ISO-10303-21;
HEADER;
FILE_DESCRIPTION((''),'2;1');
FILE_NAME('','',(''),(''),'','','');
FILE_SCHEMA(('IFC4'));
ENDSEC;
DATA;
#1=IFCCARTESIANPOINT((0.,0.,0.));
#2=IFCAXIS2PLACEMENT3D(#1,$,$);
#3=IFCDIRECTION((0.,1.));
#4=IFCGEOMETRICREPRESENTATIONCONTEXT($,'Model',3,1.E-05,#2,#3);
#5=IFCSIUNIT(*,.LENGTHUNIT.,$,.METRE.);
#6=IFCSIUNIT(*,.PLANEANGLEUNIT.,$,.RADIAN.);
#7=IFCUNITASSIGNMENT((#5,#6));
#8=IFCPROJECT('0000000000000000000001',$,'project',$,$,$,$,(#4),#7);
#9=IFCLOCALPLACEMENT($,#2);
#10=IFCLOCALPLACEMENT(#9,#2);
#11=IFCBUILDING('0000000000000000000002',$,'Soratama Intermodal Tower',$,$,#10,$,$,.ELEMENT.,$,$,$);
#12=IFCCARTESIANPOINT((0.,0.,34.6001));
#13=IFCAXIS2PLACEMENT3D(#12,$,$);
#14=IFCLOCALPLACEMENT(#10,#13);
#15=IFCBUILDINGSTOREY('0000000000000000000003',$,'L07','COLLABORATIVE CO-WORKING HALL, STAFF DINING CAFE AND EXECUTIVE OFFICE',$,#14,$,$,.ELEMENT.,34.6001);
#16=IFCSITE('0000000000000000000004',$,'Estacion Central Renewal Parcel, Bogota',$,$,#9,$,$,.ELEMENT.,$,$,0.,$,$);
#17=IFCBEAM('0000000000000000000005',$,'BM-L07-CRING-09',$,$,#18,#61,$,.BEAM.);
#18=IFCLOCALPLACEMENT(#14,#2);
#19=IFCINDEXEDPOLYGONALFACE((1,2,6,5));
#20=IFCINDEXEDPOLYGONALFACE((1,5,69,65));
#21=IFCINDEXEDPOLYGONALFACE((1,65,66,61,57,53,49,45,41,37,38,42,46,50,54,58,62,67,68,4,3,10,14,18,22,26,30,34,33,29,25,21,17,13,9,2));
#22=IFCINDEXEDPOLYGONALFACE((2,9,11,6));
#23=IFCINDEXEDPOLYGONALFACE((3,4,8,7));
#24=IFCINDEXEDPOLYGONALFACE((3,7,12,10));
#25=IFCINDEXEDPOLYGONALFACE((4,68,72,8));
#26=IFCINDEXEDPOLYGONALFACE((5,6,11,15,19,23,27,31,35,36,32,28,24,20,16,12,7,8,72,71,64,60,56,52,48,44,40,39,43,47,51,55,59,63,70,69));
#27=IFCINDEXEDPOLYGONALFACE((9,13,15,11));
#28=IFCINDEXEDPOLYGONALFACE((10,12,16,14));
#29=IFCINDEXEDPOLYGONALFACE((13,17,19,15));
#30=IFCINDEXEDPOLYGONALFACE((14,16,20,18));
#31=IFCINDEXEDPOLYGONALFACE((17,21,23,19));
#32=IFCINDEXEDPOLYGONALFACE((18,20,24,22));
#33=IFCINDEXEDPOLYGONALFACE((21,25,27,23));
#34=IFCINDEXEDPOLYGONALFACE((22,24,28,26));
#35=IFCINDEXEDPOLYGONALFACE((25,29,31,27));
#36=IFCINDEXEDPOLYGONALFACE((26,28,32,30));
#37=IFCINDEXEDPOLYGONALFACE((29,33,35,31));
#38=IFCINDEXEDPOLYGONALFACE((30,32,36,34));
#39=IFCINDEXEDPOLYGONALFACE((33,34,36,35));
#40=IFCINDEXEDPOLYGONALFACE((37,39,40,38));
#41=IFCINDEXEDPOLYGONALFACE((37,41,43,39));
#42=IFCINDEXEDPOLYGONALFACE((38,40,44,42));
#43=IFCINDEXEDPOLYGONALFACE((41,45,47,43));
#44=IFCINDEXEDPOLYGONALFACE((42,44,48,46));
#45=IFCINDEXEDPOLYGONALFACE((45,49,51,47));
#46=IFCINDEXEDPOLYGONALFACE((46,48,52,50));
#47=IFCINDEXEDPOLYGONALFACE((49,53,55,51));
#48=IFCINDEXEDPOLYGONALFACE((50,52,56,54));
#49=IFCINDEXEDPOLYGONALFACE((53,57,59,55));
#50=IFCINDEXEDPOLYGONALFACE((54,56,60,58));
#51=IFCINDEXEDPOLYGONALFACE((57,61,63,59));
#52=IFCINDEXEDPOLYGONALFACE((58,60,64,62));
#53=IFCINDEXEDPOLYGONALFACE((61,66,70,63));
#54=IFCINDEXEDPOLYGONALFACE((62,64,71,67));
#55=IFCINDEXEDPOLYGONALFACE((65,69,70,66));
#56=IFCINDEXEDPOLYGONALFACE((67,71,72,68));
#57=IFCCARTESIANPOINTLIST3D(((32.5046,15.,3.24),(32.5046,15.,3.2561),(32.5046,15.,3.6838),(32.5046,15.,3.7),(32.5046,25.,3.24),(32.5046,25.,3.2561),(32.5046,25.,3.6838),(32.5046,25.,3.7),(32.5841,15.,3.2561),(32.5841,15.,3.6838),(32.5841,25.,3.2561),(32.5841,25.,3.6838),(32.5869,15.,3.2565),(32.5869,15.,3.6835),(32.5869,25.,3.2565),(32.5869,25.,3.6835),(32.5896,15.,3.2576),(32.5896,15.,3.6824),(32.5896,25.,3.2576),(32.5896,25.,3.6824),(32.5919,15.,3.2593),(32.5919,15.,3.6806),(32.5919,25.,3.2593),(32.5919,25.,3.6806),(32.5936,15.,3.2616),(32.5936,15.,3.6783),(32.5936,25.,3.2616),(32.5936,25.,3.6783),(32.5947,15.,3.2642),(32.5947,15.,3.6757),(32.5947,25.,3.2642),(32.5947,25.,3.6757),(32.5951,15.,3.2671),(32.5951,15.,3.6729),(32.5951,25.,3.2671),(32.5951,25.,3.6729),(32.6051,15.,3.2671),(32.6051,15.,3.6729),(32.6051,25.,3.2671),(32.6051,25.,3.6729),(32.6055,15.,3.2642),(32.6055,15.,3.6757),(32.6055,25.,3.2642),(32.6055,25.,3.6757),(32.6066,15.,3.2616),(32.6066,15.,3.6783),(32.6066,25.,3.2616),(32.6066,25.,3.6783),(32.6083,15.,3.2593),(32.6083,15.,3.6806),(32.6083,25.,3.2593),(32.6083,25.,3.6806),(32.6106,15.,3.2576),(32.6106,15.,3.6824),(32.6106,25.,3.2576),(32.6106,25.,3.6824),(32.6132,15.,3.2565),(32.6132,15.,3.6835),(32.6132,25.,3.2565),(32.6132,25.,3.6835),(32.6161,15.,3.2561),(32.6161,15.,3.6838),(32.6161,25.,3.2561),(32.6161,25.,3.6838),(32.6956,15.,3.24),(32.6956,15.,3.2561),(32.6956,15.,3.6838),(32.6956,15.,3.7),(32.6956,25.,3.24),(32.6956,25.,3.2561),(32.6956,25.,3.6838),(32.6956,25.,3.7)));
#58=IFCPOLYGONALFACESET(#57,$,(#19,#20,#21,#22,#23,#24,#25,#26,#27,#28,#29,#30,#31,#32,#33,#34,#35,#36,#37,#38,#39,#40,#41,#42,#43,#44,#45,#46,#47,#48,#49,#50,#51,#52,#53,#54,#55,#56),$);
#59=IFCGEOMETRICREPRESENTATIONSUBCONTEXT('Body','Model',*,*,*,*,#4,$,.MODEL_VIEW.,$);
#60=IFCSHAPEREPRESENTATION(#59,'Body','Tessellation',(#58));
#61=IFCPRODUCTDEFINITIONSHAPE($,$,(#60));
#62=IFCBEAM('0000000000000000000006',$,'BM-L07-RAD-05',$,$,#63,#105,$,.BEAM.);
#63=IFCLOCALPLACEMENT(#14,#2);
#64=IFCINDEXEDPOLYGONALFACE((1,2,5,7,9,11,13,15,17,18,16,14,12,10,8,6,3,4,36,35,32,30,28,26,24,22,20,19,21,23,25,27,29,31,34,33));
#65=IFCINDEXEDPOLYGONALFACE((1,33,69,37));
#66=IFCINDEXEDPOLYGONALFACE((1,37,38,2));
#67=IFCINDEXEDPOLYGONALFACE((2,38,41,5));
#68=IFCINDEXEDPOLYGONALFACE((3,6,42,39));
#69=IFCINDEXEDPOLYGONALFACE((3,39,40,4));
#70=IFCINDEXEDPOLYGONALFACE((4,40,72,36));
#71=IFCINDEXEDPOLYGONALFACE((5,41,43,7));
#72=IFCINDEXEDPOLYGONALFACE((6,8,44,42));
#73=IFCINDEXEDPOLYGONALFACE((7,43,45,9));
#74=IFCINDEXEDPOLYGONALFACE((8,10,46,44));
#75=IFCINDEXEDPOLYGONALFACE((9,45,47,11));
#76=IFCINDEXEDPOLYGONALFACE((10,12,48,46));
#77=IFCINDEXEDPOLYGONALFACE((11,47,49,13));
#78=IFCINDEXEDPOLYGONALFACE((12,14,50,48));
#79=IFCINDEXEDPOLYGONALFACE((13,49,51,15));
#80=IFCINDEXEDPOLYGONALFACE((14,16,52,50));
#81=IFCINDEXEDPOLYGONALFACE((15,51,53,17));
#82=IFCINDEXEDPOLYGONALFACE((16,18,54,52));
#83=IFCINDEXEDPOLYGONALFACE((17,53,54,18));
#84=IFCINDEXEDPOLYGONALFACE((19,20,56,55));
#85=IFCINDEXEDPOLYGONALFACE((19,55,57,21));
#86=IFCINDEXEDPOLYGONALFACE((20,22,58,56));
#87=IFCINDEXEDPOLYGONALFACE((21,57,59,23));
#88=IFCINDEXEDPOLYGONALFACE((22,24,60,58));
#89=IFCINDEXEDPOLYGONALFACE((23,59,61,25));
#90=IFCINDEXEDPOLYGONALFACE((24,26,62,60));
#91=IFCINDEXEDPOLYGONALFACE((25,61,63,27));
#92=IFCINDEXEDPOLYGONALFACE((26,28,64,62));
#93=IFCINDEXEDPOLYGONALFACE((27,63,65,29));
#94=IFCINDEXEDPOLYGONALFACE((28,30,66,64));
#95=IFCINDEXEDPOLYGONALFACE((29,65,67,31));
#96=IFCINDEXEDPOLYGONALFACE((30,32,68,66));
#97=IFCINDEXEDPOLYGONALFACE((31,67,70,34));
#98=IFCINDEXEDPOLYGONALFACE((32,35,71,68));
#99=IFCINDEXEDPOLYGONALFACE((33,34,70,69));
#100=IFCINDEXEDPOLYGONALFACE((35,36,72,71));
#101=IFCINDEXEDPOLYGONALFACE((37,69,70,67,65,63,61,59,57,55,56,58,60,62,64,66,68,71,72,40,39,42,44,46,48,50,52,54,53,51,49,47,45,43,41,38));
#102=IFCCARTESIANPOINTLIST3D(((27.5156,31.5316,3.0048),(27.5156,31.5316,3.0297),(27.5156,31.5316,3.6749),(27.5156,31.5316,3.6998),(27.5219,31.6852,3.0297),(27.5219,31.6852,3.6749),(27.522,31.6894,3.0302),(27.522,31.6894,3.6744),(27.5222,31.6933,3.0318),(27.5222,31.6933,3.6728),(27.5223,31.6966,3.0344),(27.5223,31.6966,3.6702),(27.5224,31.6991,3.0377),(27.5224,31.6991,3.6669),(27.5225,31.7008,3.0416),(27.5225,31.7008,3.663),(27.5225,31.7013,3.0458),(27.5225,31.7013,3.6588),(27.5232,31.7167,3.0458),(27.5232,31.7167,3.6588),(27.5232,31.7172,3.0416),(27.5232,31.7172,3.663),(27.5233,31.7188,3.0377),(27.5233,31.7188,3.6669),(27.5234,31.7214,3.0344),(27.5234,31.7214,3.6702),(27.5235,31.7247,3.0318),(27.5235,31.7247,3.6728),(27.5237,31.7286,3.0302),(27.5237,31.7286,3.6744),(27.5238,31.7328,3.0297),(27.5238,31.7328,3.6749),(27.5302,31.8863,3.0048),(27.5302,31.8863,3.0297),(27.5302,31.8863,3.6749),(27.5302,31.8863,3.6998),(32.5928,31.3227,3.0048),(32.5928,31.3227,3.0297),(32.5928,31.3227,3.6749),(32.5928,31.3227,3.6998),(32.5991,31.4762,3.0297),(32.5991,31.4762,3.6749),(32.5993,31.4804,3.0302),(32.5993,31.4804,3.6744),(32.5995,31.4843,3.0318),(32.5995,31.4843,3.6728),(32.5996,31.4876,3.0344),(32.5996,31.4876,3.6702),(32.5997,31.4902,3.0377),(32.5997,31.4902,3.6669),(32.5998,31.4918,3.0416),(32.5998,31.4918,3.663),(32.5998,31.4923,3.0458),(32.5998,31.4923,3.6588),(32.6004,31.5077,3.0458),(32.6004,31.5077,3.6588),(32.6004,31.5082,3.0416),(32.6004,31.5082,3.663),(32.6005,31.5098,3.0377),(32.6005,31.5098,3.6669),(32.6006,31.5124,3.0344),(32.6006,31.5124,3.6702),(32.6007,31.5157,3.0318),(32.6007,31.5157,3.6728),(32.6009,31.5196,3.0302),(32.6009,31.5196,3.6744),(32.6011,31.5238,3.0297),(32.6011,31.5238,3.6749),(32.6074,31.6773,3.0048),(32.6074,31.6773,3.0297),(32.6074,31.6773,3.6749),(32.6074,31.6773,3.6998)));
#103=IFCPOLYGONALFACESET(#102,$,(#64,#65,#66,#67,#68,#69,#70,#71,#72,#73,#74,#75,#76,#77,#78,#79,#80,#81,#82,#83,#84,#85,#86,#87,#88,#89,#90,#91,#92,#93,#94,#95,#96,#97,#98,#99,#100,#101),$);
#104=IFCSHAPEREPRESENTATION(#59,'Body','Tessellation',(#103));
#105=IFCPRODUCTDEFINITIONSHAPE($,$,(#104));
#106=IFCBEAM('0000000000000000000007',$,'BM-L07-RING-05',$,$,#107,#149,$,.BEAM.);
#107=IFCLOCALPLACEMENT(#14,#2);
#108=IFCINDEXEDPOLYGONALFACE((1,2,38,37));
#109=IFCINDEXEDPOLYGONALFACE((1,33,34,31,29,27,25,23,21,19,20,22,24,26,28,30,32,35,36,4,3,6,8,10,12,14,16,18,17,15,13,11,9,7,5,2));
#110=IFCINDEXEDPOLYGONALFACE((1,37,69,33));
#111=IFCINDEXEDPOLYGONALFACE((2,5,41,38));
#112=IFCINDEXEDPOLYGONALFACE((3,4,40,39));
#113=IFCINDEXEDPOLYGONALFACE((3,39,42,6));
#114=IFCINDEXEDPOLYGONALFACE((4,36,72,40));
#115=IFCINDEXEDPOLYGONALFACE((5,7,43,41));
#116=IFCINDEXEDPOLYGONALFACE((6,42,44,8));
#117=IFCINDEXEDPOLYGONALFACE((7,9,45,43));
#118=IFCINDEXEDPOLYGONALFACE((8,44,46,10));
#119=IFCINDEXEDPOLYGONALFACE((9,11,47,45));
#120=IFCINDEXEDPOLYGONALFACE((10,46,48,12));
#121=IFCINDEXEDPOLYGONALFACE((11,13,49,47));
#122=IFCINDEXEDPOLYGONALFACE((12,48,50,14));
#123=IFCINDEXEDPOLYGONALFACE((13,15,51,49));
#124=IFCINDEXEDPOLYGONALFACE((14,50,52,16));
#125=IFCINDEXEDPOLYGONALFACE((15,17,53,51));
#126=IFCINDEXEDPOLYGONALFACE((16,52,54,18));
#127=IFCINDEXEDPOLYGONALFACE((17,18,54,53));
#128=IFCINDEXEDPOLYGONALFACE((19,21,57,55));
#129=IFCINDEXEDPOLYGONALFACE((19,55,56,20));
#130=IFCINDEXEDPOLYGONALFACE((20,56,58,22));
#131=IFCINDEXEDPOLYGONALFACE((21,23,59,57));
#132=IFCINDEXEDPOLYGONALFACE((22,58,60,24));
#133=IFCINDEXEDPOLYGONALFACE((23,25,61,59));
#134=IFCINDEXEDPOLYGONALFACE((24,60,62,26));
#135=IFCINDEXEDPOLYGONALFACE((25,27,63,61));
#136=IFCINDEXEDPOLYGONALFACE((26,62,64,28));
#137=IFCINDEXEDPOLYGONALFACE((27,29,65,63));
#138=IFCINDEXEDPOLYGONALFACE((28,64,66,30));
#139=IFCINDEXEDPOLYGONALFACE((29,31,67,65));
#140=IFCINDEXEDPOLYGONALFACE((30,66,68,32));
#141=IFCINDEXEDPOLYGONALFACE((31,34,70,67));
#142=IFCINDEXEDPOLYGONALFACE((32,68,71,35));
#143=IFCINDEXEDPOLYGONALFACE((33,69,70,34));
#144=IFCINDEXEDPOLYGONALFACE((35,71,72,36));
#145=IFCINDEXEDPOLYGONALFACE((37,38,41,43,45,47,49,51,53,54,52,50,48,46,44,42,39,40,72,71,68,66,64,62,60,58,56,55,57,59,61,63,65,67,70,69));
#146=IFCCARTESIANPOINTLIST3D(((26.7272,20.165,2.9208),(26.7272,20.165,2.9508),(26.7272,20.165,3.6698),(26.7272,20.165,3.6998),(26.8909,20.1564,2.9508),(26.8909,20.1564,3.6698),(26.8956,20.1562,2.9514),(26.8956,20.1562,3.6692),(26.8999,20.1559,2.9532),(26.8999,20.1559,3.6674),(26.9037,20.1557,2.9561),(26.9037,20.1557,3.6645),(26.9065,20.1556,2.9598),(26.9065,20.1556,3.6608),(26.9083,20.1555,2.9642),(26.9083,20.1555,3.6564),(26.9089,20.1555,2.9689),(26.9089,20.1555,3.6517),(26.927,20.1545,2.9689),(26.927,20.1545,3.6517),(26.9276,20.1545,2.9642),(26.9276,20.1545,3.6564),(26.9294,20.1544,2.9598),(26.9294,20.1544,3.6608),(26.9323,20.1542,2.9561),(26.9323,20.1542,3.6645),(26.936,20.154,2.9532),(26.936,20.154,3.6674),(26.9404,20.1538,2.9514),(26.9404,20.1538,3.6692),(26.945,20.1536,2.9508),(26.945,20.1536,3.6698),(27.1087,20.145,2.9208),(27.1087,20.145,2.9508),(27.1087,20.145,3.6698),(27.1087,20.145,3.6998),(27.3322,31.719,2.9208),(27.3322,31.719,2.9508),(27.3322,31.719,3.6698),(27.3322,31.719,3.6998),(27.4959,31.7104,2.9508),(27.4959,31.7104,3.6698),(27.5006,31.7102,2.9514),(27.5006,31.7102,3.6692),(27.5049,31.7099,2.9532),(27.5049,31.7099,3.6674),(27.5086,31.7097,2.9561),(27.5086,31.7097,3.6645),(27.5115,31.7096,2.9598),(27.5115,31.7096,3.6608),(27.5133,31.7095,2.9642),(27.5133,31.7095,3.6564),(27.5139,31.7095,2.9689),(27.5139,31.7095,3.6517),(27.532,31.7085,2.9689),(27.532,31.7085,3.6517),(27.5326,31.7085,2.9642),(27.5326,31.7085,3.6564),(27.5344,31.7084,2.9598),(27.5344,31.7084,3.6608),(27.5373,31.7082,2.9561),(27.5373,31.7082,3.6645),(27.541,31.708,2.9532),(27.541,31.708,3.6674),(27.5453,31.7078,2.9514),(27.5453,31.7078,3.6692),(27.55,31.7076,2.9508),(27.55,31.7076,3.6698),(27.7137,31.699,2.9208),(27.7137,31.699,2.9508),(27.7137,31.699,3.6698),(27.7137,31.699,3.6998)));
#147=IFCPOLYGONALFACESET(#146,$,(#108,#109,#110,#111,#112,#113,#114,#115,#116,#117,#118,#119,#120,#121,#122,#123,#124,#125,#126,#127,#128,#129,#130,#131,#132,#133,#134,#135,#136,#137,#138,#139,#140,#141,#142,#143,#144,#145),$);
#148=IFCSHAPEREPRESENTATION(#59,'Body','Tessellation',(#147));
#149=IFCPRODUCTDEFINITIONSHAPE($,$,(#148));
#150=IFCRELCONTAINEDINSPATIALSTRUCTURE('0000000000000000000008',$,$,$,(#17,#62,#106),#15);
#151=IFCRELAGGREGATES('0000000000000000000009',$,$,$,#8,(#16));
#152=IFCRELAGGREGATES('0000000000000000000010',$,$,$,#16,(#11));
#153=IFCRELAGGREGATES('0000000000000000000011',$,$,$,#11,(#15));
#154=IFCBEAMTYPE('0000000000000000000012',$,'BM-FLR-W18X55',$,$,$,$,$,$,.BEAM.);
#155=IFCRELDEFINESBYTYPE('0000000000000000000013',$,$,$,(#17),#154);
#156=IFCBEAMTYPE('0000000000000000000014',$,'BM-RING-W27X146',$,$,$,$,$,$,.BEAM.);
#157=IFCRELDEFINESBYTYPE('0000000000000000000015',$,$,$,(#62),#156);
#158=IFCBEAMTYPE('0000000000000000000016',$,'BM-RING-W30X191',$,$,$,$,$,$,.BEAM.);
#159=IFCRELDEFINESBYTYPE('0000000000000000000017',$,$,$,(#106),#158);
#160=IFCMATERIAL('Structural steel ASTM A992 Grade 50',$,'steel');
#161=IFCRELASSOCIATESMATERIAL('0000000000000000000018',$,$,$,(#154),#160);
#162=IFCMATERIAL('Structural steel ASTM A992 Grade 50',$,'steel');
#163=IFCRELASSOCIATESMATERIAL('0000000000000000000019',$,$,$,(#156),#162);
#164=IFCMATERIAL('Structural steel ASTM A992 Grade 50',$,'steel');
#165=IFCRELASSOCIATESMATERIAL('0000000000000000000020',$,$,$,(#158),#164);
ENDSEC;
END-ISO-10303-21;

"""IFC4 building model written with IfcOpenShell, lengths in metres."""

from ifc_helpers import new_model, si_unit, direction, frame, origin, origin_2d, place, context, subcontext, project, spatial, i_section, extrude, material, material_profile, profile_set, type_object, element, save


model = new_model("IFC4")

# Units and contexts
model_context = context("Model", 3, precision=1e-05, world=origin(), true_north=direction((0.0, 1.0)))
body_context = subcontext(model_context, "Body", "Model", "MODEL_VIEW")
ifc_project = project(units=[si_unit("LENGTHUNIT", "METRE"), si_unit("PLANEANGLEUNIT", "RADIAN")], contexts=[model_context])

# Site, building, storey
site_placement = place(None, origin())
site = spatial("IfcSite", under=ifc_project, at=site_placement, Name="Estacion Central Renewal Parcel, Bogota", CompositionType="ELEMENT", RefElevation=0.0)
building_placement = place(site_placement, origin())
building = spatial("IfcBuilding", under=site, at=building_placement, Name="Soratama Intermodal Tower", CompositionType="ELEMENT")
storey_placement = place(building_placement, frame((0.0, 0.0, 34.6001)))
storey = spatial("IfcBuildingStorey", under=building, at=storey_placement, Name="L07", Description="COLLABORATIVE CO-WORKING HALL, STAFF DINING CAFE AND EXECUTIVE OFFICE", CompositionType="ELEMENT", Elevation=34.6001)

# Beams
ifc_material_1 = material(Name="Structural steel ASTM A992 Grade 50", Category="steel")
ifc_material_profile_1 = material_profile(ifc_material_1, i_section(OverallWidth=0.1909, OverallDepth=0.46, WebThickness=0.01, FlangeThickness=0.0161, FilletRadius=0.011, at=origin_2d()), Name="W18X55")
ifc_profile_set_1 = profile_set([ifc_material_profile_1], Name="Structural steel ASTM A992 Grade 50")
beam_type_1 = type_object("IfcBeamType", Name="BM-FLR-W18X55", PredefinedType="BEAM", material=ifc_profile_set_1)
beam_1_placement = place(storey_placement, frame((32.6001, 25.0, 3.47), z_axis=(0.0, -1.0, 0.0), x_axis=(1.0, 0.0, 0.0)))
element("IfcBeam", 1, at=beam_1_placement, inside=storey, type_object=beam_type_1, Name="BM-L07-CRING-09", PredefinedType="BEAM", context=body_context, shape_type="SweptSolid", body=[
    extrude(i_section(OverallWidth=0.1909, OverallDepth=0.46, WebThickness=0.01, FlangeThickness=0.0161, FilletRadius=0.011, at=origin_2d()), origin(), (0.0, 0.0, 1.0), 10.0),
])
ifc_material_2 = material(Name="Structural steel ASTM A992 Grade 50", Category="steel")
ifc_material_profile_2 = material_profile(ifc_material_2, i_section(OverallWidth=0.355, OverallDepth=0.6951, WebThickness=0.0154, FlangeThickness=0.0249, FilletRadius=0.0161, at=origin_2d()), Name="W27X146")
ifc_profile_set_2 = profile_set([ifc_material_profile_2], Name="Structural steel ASTM A992 Grade 50")
beam_type_2 = type_object("IfcBeamType", Name="BM-RING-W27X146", PredefinedType="BEAM", material=ifc_profile_set_2)
beam_2_placement = place(storey_placement, frame((32.6001, 31.5, 3.3523), z_axis=(-0.999154, 0.041127, 0.0), x_axis=(-0.041127, -0.999154, 0.0)))
element("IfcBeam", 2, at=beam_2_placement, inside=storey, type_object=beam_type_2, Name="BM-L07-RAD-05", PredefinedType="BEAM", context=body_context, shape_type="SweptSolid", body=[
    extrude(i_section(OverallWidth=0.355, OverallDepth=0.6951, WebThickness=0.0154, FlangeThickness=0.0249, FilletRadius=0.0161, at=origin_2d()), origin(), (0.0, 0.0, 1.0), 5.0815),
])
ifc_material_3 = material(Name="Structural steel ASTM A992 Grade 50", Category="steel")
ifc_material_profile_3 = material_profile(ifc_material_3, i_section(OverallWidth=0.3821, OverallDepth=0.7791, WebThickness=0.0181, FlangeThickness=0.03, FilletRadius=0.0181, at=origin_2d()), Name="W30X191")
ifc_profile_set_3 = profile_set([ifc_material_profile_3], Name="Structural steel ASTM A992 Grade 50")
beam_type_3 = type_object("IfcBeamType", Name="BM-RING-W30X191", PredefinedType="BEAM", material=ifc_profile_set_3)
beam_3_placement = place(storey_placement, frame((27.5229, 31.709, 3.3103), z_axis=(-0.05229, -0.998632, 0.0), x_axis=(0.998632, -0.05229, 0.0)))
element("IfcBeam", 3, at=beam_3_placement, inside=storey, type_object=beam_type_3, Name="BM-L07-RING-05", PredefinedType="BEAM", context=body_context, shape_type="SweptSolid", body=[
    extrude(i_section(OverallWidth=0.3821, OverallDepth=0.7791, WebThickness=0.0181, FlangeThickness=0.03, FilletRadius=0.0181, at=origin_2d()), origin(), (0.0, 0.0, 1.0), 11.5698),
])

save(model, "model.ifc")
